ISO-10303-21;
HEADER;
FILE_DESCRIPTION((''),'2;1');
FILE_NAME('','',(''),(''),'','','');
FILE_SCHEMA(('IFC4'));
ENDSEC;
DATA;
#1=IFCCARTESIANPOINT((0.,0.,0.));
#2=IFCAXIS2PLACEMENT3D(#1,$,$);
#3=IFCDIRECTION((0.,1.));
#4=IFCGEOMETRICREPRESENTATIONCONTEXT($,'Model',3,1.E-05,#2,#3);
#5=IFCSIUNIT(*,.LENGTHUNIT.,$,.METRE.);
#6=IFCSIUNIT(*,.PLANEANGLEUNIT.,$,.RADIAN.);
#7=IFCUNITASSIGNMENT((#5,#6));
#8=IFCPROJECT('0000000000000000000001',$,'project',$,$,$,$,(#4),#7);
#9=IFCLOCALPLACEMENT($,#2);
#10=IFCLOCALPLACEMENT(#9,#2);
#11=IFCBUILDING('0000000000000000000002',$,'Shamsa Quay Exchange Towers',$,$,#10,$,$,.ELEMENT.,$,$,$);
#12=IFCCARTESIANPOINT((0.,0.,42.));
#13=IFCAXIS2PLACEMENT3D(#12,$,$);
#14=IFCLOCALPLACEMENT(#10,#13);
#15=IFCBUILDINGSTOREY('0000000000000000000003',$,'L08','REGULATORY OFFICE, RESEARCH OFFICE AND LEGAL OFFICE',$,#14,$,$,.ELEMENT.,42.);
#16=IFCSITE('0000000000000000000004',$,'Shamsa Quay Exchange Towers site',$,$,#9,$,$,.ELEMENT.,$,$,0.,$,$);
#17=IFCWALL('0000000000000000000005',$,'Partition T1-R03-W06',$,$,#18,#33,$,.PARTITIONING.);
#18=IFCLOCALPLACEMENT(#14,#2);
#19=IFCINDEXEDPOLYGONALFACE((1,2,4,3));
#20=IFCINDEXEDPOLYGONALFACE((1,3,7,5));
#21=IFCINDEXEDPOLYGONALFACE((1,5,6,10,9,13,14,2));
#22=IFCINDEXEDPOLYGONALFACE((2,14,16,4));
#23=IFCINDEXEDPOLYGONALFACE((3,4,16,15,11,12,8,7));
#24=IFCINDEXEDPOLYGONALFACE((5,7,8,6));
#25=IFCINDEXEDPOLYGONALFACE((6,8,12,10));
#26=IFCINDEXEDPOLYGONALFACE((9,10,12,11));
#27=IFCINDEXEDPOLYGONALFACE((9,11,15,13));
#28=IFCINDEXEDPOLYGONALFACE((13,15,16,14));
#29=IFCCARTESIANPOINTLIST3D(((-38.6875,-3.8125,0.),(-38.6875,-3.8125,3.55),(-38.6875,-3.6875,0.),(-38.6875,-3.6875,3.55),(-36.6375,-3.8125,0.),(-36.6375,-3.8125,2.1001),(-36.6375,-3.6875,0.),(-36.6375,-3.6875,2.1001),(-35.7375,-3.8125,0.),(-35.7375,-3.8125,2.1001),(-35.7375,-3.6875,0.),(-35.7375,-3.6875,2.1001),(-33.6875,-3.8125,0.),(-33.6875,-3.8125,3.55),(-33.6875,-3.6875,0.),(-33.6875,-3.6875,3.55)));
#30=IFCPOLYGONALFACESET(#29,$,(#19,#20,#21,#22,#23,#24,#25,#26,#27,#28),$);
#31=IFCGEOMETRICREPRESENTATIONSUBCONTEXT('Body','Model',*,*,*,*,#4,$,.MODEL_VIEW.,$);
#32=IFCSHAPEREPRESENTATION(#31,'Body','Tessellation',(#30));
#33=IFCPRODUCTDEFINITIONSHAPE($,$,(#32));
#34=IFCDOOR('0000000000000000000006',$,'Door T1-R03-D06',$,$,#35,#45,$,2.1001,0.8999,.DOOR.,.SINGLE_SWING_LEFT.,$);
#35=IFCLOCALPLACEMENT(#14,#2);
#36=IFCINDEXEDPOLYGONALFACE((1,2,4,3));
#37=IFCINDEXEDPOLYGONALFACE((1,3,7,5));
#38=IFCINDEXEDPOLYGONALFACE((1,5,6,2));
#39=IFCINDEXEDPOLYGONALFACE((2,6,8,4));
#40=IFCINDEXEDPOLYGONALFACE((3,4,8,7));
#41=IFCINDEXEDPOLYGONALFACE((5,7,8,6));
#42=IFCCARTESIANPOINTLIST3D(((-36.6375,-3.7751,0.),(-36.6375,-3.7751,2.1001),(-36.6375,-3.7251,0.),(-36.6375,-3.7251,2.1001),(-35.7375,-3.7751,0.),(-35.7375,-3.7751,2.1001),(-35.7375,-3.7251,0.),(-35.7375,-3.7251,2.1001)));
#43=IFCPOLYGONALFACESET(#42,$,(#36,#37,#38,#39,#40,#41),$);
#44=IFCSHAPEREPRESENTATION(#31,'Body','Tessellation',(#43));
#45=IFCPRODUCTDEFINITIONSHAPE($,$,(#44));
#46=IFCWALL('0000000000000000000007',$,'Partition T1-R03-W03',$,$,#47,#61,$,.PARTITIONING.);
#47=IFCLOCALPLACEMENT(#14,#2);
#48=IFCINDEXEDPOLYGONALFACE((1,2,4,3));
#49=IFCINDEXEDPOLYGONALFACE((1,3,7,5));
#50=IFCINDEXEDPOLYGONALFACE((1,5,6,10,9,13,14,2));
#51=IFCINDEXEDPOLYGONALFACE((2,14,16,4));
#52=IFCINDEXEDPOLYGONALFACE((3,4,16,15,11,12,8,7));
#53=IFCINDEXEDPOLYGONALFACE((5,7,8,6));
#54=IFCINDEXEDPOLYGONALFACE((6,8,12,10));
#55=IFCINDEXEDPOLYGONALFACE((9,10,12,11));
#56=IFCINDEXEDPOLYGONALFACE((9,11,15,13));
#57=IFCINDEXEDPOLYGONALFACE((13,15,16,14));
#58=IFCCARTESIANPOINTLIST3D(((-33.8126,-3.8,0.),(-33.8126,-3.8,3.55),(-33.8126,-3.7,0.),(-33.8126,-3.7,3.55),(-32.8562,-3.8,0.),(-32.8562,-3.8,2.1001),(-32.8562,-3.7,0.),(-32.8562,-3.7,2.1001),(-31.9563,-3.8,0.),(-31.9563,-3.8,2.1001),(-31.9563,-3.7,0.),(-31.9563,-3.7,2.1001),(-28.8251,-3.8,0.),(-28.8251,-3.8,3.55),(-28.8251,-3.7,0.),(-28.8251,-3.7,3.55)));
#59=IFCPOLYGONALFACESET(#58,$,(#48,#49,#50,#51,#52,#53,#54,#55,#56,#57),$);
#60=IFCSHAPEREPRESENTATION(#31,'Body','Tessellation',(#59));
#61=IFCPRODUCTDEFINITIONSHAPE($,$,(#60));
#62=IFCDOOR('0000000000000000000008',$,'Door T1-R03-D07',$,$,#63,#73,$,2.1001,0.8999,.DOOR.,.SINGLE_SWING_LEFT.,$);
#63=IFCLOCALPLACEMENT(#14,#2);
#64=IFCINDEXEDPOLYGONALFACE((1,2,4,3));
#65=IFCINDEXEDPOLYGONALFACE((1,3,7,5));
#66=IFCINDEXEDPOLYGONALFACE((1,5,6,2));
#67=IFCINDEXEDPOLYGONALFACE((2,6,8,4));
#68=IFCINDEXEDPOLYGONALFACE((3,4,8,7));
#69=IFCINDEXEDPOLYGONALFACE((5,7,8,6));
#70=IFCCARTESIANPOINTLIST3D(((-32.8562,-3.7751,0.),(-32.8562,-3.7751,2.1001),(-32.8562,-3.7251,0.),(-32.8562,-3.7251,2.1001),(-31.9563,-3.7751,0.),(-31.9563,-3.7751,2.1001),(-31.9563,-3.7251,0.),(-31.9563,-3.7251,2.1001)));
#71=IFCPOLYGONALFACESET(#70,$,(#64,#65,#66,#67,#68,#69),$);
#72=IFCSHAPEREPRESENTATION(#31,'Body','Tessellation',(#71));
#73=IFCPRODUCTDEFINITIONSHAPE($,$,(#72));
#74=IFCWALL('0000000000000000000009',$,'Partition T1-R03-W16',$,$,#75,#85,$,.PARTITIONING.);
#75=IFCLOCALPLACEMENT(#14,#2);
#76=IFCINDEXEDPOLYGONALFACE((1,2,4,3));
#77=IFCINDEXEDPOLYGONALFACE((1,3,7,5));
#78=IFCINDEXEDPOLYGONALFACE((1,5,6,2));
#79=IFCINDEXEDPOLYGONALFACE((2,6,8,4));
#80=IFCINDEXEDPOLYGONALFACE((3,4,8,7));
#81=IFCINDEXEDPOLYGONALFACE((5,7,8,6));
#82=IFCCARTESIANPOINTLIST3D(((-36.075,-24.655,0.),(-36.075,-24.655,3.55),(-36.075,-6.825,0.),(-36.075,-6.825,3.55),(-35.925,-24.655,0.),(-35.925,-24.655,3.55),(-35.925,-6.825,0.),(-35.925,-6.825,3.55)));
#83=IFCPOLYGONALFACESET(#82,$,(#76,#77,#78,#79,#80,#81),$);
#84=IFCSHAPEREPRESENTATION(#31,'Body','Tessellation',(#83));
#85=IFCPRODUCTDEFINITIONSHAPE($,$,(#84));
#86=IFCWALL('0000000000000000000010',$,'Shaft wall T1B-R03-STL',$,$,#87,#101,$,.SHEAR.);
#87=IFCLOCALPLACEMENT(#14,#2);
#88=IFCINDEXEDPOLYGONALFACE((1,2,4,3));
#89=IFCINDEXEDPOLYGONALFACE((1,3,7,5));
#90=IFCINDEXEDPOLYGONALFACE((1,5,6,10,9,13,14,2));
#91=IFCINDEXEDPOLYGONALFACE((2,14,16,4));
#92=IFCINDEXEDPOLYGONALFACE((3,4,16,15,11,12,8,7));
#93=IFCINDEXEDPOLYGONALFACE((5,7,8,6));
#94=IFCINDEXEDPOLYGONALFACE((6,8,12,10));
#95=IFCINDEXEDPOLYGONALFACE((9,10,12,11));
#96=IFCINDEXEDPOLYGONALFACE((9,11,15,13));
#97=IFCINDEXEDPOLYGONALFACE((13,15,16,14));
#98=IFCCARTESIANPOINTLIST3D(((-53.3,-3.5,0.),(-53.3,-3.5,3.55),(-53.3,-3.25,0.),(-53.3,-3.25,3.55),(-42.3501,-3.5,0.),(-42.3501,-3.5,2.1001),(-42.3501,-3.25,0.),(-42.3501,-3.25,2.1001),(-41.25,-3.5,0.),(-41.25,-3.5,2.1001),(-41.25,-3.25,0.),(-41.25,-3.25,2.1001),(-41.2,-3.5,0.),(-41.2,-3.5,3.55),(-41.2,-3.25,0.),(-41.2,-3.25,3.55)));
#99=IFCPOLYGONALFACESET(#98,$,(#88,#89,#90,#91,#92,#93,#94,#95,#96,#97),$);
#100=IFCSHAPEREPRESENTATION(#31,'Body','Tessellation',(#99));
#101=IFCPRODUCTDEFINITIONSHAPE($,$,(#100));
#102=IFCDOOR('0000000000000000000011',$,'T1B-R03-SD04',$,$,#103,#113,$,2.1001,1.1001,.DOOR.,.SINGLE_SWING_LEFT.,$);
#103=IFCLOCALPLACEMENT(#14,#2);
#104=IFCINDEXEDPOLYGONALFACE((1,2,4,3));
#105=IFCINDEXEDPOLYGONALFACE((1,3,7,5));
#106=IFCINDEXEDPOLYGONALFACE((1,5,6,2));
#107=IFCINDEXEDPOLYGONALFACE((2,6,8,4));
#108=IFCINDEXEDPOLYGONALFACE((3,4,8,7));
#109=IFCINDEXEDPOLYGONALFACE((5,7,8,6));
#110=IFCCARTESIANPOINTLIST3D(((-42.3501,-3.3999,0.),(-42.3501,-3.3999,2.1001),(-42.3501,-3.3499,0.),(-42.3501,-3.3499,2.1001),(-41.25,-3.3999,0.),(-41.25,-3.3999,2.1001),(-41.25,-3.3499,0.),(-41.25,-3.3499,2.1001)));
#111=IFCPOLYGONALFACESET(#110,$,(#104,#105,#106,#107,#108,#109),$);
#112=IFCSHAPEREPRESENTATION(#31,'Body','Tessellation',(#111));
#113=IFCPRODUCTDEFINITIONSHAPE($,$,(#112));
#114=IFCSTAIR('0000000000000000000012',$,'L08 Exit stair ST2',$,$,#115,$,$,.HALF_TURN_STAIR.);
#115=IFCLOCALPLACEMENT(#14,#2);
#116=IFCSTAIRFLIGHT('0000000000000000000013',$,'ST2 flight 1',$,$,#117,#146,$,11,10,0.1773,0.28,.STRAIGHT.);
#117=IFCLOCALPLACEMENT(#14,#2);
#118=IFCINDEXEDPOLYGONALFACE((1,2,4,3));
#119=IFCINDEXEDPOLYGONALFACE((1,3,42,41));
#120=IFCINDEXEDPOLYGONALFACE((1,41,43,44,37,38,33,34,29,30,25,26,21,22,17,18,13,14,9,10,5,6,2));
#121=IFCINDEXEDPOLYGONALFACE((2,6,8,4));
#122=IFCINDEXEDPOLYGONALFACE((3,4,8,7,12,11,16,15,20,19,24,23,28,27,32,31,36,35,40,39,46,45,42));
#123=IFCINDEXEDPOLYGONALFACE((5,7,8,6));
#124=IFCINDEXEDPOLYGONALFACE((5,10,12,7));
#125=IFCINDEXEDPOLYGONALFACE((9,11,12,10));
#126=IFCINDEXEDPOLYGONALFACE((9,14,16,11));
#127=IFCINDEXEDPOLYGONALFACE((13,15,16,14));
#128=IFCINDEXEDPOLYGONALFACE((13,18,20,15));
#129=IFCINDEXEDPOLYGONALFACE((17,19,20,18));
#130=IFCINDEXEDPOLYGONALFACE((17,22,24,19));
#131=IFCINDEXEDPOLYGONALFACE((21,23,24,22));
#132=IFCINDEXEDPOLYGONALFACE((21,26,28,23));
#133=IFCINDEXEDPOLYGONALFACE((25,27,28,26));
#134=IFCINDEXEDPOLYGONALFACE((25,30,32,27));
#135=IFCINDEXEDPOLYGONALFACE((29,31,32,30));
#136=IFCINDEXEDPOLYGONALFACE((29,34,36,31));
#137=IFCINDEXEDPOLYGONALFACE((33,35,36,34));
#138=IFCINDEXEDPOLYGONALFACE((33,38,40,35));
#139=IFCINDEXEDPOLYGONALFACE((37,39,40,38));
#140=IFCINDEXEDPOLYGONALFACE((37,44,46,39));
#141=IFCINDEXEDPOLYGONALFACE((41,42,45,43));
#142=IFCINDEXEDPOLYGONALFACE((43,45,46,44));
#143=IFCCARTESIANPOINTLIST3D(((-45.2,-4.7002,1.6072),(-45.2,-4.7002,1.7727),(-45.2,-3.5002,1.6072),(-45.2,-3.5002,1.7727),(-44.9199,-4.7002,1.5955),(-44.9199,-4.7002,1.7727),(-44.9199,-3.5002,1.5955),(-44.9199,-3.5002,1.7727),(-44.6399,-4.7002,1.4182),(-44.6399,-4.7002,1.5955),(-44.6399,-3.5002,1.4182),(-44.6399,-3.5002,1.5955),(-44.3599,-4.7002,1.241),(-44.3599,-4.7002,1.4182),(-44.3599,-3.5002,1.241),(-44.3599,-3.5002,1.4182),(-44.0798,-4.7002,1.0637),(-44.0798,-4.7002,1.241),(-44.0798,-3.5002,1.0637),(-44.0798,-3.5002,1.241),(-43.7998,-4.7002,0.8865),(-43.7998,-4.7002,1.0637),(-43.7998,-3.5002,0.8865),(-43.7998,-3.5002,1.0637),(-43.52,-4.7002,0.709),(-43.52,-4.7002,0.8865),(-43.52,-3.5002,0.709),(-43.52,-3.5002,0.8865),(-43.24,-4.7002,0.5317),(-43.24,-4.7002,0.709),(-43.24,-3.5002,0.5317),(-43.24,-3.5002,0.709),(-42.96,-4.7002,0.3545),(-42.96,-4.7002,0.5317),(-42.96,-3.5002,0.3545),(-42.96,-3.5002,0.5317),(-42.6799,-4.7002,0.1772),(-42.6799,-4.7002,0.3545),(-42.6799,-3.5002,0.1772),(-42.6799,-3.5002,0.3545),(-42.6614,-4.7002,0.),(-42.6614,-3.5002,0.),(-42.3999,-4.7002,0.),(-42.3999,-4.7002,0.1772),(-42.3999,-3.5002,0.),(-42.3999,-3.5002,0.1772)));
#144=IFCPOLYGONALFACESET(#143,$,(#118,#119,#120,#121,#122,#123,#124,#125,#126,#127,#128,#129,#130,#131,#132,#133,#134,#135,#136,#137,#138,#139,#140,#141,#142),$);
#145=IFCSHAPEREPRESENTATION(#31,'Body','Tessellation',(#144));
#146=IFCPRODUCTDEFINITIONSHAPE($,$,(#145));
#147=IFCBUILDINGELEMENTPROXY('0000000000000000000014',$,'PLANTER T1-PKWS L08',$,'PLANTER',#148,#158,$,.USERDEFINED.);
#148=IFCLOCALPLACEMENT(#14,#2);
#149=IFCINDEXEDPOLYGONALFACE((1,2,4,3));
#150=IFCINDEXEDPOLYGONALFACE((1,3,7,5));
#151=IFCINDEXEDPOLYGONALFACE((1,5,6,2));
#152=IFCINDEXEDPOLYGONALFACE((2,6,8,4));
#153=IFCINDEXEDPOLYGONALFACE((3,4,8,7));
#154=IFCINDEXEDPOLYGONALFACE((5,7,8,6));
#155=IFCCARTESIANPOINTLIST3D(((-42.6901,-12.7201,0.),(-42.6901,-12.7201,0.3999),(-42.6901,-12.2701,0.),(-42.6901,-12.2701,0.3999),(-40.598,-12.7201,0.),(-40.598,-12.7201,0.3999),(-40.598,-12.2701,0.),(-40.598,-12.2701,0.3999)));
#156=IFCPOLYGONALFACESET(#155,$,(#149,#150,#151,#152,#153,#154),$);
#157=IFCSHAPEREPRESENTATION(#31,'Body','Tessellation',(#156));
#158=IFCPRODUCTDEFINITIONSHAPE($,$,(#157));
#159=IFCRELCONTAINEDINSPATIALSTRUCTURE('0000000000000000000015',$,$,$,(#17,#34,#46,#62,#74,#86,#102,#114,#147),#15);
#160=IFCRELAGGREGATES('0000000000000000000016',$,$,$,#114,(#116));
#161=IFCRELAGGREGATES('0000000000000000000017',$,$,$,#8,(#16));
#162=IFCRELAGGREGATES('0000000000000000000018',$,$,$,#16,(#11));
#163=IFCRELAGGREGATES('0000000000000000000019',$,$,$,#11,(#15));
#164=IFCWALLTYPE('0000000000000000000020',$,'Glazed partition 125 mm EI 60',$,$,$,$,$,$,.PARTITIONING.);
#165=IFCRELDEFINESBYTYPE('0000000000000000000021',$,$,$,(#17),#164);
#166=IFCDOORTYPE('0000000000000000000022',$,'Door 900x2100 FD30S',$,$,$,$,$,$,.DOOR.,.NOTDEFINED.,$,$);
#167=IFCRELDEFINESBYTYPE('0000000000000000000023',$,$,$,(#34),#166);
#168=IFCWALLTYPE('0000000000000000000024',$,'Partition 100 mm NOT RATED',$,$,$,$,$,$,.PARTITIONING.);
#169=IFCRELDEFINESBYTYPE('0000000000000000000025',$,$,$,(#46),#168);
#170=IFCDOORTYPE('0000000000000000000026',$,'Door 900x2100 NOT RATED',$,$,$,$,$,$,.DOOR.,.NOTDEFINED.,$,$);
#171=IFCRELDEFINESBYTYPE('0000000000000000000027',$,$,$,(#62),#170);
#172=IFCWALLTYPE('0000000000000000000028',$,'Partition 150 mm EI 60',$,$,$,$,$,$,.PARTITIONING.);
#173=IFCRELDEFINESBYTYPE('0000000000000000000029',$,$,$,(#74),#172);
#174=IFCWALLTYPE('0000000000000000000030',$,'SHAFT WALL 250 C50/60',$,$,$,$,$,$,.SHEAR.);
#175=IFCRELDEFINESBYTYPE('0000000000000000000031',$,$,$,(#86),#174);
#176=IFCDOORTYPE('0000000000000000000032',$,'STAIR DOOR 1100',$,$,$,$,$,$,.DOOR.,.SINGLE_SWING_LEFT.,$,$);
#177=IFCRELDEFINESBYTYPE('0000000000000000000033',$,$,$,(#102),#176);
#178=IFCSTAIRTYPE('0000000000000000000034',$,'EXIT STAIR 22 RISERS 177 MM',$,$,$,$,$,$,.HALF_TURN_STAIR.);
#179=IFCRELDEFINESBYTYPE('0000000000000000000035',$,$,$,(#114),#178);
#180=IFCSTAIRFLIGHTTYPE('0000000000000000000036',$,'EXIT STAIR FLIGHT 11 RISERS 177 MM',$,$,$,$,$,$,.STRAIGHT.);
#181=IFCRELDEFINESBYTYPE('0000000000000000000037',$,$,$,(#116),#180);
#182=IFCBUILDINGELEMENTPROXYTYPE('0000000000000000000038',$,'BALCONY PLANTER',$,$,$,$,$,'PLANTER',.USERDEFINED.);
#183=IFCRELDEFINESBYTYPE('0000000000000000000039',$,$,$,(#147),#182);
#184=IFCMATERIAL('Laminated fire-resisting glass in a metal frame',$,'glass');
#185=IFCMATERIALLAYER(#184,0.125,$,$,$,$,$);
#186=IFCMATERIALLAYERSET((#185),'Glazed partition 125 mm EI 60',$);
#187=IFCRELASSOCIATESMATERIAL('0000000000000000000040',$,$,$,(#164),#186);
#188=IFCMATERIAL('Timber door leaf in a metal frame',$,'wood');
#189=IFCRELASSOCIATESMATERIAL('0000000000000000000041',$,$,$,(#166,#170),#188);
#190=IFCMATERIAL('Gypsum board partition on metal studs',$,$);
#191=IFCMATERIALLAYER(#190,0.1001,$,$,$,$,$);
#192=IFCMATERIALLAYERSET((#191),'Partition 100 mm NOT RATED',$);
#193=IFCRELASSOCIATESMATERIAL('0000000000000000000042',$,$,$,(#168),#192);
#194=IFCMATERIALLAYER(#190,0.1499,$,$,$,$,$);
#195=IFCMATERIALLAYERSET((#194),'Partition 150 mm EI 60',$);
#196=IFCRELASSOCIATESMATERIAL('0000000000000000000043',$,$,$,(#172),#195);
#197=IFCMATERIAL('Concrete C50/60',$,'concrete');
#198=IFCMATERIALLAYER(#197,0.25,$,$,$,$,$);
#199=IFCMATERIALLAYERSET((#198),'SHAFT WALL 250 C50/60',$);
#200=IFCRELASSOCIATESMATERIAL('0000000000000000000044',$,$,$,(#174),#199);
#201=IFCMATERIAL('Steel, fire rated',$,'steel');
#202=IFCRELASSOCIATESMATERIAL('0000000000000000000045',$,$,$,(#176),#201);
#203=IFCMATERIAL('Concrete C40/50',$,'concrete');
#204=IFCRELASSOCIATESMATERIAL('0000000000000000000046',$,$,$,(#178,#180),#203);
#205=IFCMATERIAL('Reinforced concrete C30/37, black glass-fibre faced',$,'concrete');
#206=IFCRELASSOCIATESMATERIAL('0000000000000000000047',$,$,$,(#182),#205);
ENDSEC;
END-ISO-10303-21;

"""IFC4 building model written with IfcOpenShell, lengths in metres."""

from ifc_helpers import new_model, si_unit, direction, frame, frame_2d, origin, origin_2d, place, context, subcontext, project, spatial, polyline, rectangle, outline, extrude, material, layer, layer_set, type_object, element, fill, aggregate, save


model = new_model("IFC4")

# Units and contexts
model_context = context("Model", 3, precision=1e-05, world=origin(), true_north=direction((0.0, 1.0)))
body_context = subcontext(model_context, "Body", "Model", "MODEL_VIEW")
ifc_project = project(units=[si_unit("LENGTHUNIT", "METRE"), si_unit("PLANEANGLEUNIT", "RADIAN")], contexts=[model_context])

# Site, building, storey
site_placement = place(None, origin())
site = spatial("IfcSite", under=ifc_project, at=site_placement, Name="Shamsa Quay Exchange Towers site", CompositionType="ELEMENT", RefElevation=0.0)
building_placement = place(site_placement, origin())
building = spatial("IfcBuilding", under=site, at=building_placement, Name="Shamsa Quay Exchange Towers", CompositionType="ELEMENT")
storey_placement = place(building_placement, frame((0.0, 0.0, 42.0)))
storey = spatial("IfcBuildingStorey", under=building, at=storey_placement, Name="L08", Description="REGULATORY OFFICE, RESEARCH OFFICE AND LEGAL OFFICE", CompositionType="ELEMENT", Elevation=42.0)

# Walls, openings, doors
ifc_material_1 = material(Name="Steel, fire rated", Category="steel")
ifc_material_2 = material(Name="Laminated fire-resisting glass in a metal frame", Category="glass")
ifc_layer_1 = layer(ifc_material_2, 0.125)
ifc_layer_set_1 = layer_set([ifc_layer_1], Name="Glazed partition 125 mm EI 60")
wall_type_1 = type_object("IfcWallType", Name="Glazed partition 125 mm EI 60", PredefinedType="PARTITIONING", material=ifc_layer_set_1)
wall_1_placement = place(storey_placement, frame((-38.6875, -3.75, 0.0)))
wall_1 = element("IfcWall", 1, at=wall_1_placement, inside=storey, type_object=wall_type_1, Name="Partition T1-R03-W06", PredefinedType="PARTITIONING", context=body_context, shape_type="SweptSolid", body=[
    extrude(rectangle(XDim=5.0, YDim=0.125, at=frame_2d((2.5, 0.0))), origin(), (0.0, 0.0, 1.0), 3.55),
])
opening_1_placement = place(wall_1_placement, frame((2.05, 0.0, 0.0)))
opening_1 = element("IfcOpeningElement", 2, at=opening_1_placement, cuts=wall_1, PredefinedType="OPENING", context=body_context, shape_type="SweptSolid", body=[
    extrude(rectangle(XDim=0.8999, YDim=2.1001, at=frame_2d((0.45, 1.05))), frame((0.0, 0.0725, 0.0), z_axis=(0.0, -1.0, 0.0), x_axis=(1.0, 0.0, 0.0)), (0.0, 0.0, 1.0), 0.145),
])
ifc_material_3 = material(Name="Timber door leaf in a metal frame", Category="wood")
door_type_1 = type_object("IfcDoorType", Name="Door 900x2100 FD30S", OperationType="NOTDEFINED", PredefinedType="DOOR", material=ifc_material_3)
door_1_placement = place(opening_1_placement, origin())
door_1 = element("IfcDoor", 3, at=door_1_placement, inside=storey, type_object=door_type_1, Name="Door T1-R03-D06", OperationType="SINGLE_SWING_LEFT", OverallHeight=2.1001, OverallWidth=0.8999, PredefinedType="DOOR", context=body_context, shape_type="SweptSolid", body=[
    extrude(rectangle(XDim=0.8999, YDim=2.1001, at=frame_2d((0.45, 1.05))), frame((0.0, 0.0249, 0.0), z_axis=(0.0, -1.0, 0.0), x_axis=(1.0, 0.0, 0.0)), (0.0, 0.0, 1.0), 0.05),
])
fill(opening_1, door_1)
ifc_material_4 = material(Name="Gypsum board partition on metal studs")
ifc_layer_2 = layer(ifc_material_4, 0.1001)
ifc_layer_set_2 = layer_set([ifc_layer_2], Name="Partition 100 mm NOT RATED")
wall_type_2 = type_object("IfcWallType", Name="Partition 100 mm NOT RATED", PredefinedType="PARTITIONING", material=ifc_layer_set_2)
wall_2_placement = place(storey_placement, frame((-33.8125, -3.75, 0.0)))
wall_2 = element("IfcWall", 4, at=wall_2_placement, inside=storey, type_object=wall_type_2, Name="Partition T1-R03-W03", PredefinedType="PARTITIONING", context=body_context, shape_type="SweptSolid", body=[
    extrude(rectangle(XDim=4.9875, YDim=0.1001, at=frame_2d((2.4937, 0.0))), origin(), (0.0, 0.0, 1.0), 3.55),
])
opening_2_placement = place(wall_2_placement, frame((0.9563, 0.0, 0.0)))
opening_2 = element("IfcOpeningElement", 5, at=opening_2_placement, cuts=wall_2, PredefinedType="OPENING", context=body_context, shape_type="SweptSolid", body=[
    extrude(rectangle(XDim=0.8999, YDim=2.1001, at=frame_2d((0.45, 1.05))), frame((0.0, 0.0601, 0.0), z_axis=(0.0, -1.0, 0.0), x_axis=(1.0, 0.0, 0.0)), (0.0, 0.0, 1.0), 0.1201),
])
door_type_2 = type_object("IfcDoorType", Name="Door 900x2100 NOT RATED", OperationType="NOTDEFINED", PredefinedType="DOOR", material=ifc_material_3)
door_2_placement = place(opening_2_placement, origin())
door_2 = element("IfcDoor", 6, at=door_2_placement, inside=storey, type_object=door_type_2, Name="Door T1-R03-D07", OperationType="SINGLE_SWING_LEFT", OverallHeight=2.1001, OverallWidth=0.8999, PredefinedType="DOOR", context=body_context, shape_type="SweptSolid", body=[
    extrude(rectangle(XDim=0.8999, YDim=2.1001, at=frame_2d((0.45, 1.05))), frame((0.0, 0.0249, 0.0), z_axis=(0.0, -1.0, 0.0), x_axis=(1.0, 0.0, 0.0)), (0.0, 0.0, 1.0), 0.05),
])
fill(opening_2, door_2)

# Wall
ifc_layer_3 = layer(ifc_material_4, 0.1499)
ifc_layer_set_3 = layer_set([ifc_layer_3], Name="Partition 150 mm EI 60")
wall_type_3 = type_object("IfcWallType", Name="Partition 150 mm EI 60", PredefinedType="PARTITIONING", material=ifc_layer_set_3)
wall_3_placement = place(storey_placement, frame((-36.0, -24.655, 0.0), z_axis=(0.0, 0.0, 1.0), x_axis=(0.0, 1.0, 0.0)))
element("IfcWall", 7, at=wall_3_placement, inside=storey, type_object=wall_type_3, Name="Partition T1-R03-W16", PredefinedType="PARTITIONING", context=body_context, shape_type="SweptSolid", body=[
    extrude(rectangle(XDim=17.8301, YDim=0.1499, at=frame_2d((8.915, 0.0))), origin(), (0.0, 0.0, 1.0), 3.55),
])

# Wall, opening, door
ifc_material_5 = material(Name="Concrete C50/60", Category="concrete")
ifc_layer_4 = layer(ifc_material_5, 0.25)
ifc_layer_set_4 = layer_set([ifc_layer_4], Name="SHAFT WALL 250 C50/60")
wall_type_4 = type_object("IfcWallType", Name="SHAFT WALL 250 C50/60", PredefinedType="SHEAR", material=ifc_layer_set_4)
wall_4_placement = place(storey_placement, frame((-41.2, -3.375, 0.0), z_axis=(0.0, 0.0, 1.0), x_axis=(-1.0, 0.0, 0.0)))
wall_4 = element("IfcWall", 8, at=wall_4_placement, inside=storey, type_object=wall_type_4, Name="Shaft wall T1B-R03-STL", PredefinedType="SHEAR", context=body_context, shape_type="SweptSolid", body=[
    extrude(rectangle(XDim=12.1001, YDim=0.25, at=frame_2d((6.05, 0.0))), origin(), (0.0, 0.0, 1.0), 3.55),
])
opening_3_placement = place(wall_4_placement, frame((0.05, 0.0, 0.0)))
opening_3 = element("IfcOpeningElement", 9, at=opening_3_placement, cuts=wall_4, PredefinedType="OPENING", context=body_context, shape_type="SweptSolid", body=[
    extrude(rectangle(XDim=1.1001, YDim=2.1001, at=frame_2d((0.55, 1.05))), frame((0.0, 0.135, 0.0), z_axis=(0.0, -1.0, 0.0), x_axis=(1.0, 0.0, 0.0)), (0.0, 0.0, 1.0), 0.27),
])
door_type_3 = type_object("IfcDoorType", Name="STAIR DOOR 1100", OperationType="SINGLE_SWING_LEFT", PredefinedType="DOOR", material=ifc_material_1)
door_3_placement = place(opening_3_placement, origin())
door_3 = element("IfcDoor", 10, at=door_3_placement, inside=storey, type_object=door_type_3, Name="T1B-R03-SD04", OperationType="SINGLE_SWING_LEFT", OverallHeight=2.1001, OverallWidth=1.1001, PredefinedType="DOOR", context=body_context, shape_type="SweptSolid", body=[
    extrude(rectangle(XDim=1.1001, YDim=2.1001, at=frame_2d((0.55, 1.05))), frame((0.0, 0.0249, 0.0), z_axis=(0.0, -1.0, 0.0), x_axis=(1.0, 0.0, 0.0)), (0.0, 0.0, 1.0), 0.05),
])
fill(opening_3, door_3)

# Stair, stair flight
ifc_material_6 = material(Name="Concrete C40/50", Category="concrete")
stair_type = type_object("IfcStairType", Name="EXIT STAIR 22 RISERS 177 MM", PredefinedType="HALF_TURN_STAIR", material=ifc_material_6)
stair_placement = place(storey_placement, origin())
stair = element("IfcStair", 11, at=stair_placement, inside=storey, type_object=stair_type, Name="L08 Exit stair ST2", PredefinedType="HALF_TURN_STAIR")
stair_flight_type = type_object("IfcStairFlightType", Name="EXIT STAIR FLIGHT 11 RISERS 177 MM", PredefinedType="STRAIGHT", material=ifc_material_6)
stair_flight_placement = place(storey_placement, frame((-42.3999, -4.1001, 0.0), z_axis=(0.0, 0.0, 1.0), x_axis=(-1.0, 0.0, 0.0)))
stair_flight = element("IfcStairFlight", 12, at=stair_flight_placement, type_object=stair_flight_type, Name="ST2 flight 1", NumberOfRisers=11, NumberOfTreads=10, PredefinedType="STRAIGHT", RiserHeight=0.1773, TreadLength=0.28, context=body_context, shape_type="SweptSolid", body=[
    extrude(outline(polyline([(0.0, 0.0), (0.0, 0.1772), (0.28, 0.1772), (0.28, 0.3545), (0.5601, 0.3545), (0.5601, 0.5317), (0.8401, 0.5317), (0.8401, 0.709), (1.1201, 0.709), (1.1201, 0.8865), (1.3999, 0.8865), (1.3999, 1.0637), (1.6799, 1.0637), (1.6799, 1.241), (1.96, 1.241), (1.96, 1.4182), (2.24, 1.4182), (2.24, 1.5955), (2.52, 1.5955), (2.52, 1.7727), (2.8, 1.7727), (2.8, 1.95), (2.8, 1.6072), (0.2615, 0.0), (0.0, 0.0)])), frame((0.0, 0.6001, 0.0), z_axis=(0.0, -1.0, 0.0), x_axis=(1.0, 0.0, 0.0)), (0.0, 0.0, 1.0), 1.2),
])
aggregate(stair, [stair_flight])

# Building element proxy
ifc_material_7 = material(Name="Reinforced concrete C30/37, black glass-fibre faced", Category="concrete")
building_element_proxy_type = type_object("IfcBuildingElementProxyType", Name="BALCONY PLANTER", ElementType="PLANTER", PredefinedType="USERDEFINED", material=ifc_material_7)
proxy_placement = place(storey_placement, frame((-41.644, -12.4951, 0.0)))
element("IfcBuildingElementProxy", 13, at=proxy_placement, inside=storey, type_object=building_element_proxy_type, Name="PLANTER T1-PKWS L08", ObjectType="PLANTER", PredefinedType="USERDEFINED", context=body_context, shape_type="SweptSolid", body=[
    extrude(rectangle(XDim=2.092, YDim=0.45, at=origin_2d()), origin(), (0.0, 0.0, 1.0), 0.3999),
])

save(model, "model.ifc")
